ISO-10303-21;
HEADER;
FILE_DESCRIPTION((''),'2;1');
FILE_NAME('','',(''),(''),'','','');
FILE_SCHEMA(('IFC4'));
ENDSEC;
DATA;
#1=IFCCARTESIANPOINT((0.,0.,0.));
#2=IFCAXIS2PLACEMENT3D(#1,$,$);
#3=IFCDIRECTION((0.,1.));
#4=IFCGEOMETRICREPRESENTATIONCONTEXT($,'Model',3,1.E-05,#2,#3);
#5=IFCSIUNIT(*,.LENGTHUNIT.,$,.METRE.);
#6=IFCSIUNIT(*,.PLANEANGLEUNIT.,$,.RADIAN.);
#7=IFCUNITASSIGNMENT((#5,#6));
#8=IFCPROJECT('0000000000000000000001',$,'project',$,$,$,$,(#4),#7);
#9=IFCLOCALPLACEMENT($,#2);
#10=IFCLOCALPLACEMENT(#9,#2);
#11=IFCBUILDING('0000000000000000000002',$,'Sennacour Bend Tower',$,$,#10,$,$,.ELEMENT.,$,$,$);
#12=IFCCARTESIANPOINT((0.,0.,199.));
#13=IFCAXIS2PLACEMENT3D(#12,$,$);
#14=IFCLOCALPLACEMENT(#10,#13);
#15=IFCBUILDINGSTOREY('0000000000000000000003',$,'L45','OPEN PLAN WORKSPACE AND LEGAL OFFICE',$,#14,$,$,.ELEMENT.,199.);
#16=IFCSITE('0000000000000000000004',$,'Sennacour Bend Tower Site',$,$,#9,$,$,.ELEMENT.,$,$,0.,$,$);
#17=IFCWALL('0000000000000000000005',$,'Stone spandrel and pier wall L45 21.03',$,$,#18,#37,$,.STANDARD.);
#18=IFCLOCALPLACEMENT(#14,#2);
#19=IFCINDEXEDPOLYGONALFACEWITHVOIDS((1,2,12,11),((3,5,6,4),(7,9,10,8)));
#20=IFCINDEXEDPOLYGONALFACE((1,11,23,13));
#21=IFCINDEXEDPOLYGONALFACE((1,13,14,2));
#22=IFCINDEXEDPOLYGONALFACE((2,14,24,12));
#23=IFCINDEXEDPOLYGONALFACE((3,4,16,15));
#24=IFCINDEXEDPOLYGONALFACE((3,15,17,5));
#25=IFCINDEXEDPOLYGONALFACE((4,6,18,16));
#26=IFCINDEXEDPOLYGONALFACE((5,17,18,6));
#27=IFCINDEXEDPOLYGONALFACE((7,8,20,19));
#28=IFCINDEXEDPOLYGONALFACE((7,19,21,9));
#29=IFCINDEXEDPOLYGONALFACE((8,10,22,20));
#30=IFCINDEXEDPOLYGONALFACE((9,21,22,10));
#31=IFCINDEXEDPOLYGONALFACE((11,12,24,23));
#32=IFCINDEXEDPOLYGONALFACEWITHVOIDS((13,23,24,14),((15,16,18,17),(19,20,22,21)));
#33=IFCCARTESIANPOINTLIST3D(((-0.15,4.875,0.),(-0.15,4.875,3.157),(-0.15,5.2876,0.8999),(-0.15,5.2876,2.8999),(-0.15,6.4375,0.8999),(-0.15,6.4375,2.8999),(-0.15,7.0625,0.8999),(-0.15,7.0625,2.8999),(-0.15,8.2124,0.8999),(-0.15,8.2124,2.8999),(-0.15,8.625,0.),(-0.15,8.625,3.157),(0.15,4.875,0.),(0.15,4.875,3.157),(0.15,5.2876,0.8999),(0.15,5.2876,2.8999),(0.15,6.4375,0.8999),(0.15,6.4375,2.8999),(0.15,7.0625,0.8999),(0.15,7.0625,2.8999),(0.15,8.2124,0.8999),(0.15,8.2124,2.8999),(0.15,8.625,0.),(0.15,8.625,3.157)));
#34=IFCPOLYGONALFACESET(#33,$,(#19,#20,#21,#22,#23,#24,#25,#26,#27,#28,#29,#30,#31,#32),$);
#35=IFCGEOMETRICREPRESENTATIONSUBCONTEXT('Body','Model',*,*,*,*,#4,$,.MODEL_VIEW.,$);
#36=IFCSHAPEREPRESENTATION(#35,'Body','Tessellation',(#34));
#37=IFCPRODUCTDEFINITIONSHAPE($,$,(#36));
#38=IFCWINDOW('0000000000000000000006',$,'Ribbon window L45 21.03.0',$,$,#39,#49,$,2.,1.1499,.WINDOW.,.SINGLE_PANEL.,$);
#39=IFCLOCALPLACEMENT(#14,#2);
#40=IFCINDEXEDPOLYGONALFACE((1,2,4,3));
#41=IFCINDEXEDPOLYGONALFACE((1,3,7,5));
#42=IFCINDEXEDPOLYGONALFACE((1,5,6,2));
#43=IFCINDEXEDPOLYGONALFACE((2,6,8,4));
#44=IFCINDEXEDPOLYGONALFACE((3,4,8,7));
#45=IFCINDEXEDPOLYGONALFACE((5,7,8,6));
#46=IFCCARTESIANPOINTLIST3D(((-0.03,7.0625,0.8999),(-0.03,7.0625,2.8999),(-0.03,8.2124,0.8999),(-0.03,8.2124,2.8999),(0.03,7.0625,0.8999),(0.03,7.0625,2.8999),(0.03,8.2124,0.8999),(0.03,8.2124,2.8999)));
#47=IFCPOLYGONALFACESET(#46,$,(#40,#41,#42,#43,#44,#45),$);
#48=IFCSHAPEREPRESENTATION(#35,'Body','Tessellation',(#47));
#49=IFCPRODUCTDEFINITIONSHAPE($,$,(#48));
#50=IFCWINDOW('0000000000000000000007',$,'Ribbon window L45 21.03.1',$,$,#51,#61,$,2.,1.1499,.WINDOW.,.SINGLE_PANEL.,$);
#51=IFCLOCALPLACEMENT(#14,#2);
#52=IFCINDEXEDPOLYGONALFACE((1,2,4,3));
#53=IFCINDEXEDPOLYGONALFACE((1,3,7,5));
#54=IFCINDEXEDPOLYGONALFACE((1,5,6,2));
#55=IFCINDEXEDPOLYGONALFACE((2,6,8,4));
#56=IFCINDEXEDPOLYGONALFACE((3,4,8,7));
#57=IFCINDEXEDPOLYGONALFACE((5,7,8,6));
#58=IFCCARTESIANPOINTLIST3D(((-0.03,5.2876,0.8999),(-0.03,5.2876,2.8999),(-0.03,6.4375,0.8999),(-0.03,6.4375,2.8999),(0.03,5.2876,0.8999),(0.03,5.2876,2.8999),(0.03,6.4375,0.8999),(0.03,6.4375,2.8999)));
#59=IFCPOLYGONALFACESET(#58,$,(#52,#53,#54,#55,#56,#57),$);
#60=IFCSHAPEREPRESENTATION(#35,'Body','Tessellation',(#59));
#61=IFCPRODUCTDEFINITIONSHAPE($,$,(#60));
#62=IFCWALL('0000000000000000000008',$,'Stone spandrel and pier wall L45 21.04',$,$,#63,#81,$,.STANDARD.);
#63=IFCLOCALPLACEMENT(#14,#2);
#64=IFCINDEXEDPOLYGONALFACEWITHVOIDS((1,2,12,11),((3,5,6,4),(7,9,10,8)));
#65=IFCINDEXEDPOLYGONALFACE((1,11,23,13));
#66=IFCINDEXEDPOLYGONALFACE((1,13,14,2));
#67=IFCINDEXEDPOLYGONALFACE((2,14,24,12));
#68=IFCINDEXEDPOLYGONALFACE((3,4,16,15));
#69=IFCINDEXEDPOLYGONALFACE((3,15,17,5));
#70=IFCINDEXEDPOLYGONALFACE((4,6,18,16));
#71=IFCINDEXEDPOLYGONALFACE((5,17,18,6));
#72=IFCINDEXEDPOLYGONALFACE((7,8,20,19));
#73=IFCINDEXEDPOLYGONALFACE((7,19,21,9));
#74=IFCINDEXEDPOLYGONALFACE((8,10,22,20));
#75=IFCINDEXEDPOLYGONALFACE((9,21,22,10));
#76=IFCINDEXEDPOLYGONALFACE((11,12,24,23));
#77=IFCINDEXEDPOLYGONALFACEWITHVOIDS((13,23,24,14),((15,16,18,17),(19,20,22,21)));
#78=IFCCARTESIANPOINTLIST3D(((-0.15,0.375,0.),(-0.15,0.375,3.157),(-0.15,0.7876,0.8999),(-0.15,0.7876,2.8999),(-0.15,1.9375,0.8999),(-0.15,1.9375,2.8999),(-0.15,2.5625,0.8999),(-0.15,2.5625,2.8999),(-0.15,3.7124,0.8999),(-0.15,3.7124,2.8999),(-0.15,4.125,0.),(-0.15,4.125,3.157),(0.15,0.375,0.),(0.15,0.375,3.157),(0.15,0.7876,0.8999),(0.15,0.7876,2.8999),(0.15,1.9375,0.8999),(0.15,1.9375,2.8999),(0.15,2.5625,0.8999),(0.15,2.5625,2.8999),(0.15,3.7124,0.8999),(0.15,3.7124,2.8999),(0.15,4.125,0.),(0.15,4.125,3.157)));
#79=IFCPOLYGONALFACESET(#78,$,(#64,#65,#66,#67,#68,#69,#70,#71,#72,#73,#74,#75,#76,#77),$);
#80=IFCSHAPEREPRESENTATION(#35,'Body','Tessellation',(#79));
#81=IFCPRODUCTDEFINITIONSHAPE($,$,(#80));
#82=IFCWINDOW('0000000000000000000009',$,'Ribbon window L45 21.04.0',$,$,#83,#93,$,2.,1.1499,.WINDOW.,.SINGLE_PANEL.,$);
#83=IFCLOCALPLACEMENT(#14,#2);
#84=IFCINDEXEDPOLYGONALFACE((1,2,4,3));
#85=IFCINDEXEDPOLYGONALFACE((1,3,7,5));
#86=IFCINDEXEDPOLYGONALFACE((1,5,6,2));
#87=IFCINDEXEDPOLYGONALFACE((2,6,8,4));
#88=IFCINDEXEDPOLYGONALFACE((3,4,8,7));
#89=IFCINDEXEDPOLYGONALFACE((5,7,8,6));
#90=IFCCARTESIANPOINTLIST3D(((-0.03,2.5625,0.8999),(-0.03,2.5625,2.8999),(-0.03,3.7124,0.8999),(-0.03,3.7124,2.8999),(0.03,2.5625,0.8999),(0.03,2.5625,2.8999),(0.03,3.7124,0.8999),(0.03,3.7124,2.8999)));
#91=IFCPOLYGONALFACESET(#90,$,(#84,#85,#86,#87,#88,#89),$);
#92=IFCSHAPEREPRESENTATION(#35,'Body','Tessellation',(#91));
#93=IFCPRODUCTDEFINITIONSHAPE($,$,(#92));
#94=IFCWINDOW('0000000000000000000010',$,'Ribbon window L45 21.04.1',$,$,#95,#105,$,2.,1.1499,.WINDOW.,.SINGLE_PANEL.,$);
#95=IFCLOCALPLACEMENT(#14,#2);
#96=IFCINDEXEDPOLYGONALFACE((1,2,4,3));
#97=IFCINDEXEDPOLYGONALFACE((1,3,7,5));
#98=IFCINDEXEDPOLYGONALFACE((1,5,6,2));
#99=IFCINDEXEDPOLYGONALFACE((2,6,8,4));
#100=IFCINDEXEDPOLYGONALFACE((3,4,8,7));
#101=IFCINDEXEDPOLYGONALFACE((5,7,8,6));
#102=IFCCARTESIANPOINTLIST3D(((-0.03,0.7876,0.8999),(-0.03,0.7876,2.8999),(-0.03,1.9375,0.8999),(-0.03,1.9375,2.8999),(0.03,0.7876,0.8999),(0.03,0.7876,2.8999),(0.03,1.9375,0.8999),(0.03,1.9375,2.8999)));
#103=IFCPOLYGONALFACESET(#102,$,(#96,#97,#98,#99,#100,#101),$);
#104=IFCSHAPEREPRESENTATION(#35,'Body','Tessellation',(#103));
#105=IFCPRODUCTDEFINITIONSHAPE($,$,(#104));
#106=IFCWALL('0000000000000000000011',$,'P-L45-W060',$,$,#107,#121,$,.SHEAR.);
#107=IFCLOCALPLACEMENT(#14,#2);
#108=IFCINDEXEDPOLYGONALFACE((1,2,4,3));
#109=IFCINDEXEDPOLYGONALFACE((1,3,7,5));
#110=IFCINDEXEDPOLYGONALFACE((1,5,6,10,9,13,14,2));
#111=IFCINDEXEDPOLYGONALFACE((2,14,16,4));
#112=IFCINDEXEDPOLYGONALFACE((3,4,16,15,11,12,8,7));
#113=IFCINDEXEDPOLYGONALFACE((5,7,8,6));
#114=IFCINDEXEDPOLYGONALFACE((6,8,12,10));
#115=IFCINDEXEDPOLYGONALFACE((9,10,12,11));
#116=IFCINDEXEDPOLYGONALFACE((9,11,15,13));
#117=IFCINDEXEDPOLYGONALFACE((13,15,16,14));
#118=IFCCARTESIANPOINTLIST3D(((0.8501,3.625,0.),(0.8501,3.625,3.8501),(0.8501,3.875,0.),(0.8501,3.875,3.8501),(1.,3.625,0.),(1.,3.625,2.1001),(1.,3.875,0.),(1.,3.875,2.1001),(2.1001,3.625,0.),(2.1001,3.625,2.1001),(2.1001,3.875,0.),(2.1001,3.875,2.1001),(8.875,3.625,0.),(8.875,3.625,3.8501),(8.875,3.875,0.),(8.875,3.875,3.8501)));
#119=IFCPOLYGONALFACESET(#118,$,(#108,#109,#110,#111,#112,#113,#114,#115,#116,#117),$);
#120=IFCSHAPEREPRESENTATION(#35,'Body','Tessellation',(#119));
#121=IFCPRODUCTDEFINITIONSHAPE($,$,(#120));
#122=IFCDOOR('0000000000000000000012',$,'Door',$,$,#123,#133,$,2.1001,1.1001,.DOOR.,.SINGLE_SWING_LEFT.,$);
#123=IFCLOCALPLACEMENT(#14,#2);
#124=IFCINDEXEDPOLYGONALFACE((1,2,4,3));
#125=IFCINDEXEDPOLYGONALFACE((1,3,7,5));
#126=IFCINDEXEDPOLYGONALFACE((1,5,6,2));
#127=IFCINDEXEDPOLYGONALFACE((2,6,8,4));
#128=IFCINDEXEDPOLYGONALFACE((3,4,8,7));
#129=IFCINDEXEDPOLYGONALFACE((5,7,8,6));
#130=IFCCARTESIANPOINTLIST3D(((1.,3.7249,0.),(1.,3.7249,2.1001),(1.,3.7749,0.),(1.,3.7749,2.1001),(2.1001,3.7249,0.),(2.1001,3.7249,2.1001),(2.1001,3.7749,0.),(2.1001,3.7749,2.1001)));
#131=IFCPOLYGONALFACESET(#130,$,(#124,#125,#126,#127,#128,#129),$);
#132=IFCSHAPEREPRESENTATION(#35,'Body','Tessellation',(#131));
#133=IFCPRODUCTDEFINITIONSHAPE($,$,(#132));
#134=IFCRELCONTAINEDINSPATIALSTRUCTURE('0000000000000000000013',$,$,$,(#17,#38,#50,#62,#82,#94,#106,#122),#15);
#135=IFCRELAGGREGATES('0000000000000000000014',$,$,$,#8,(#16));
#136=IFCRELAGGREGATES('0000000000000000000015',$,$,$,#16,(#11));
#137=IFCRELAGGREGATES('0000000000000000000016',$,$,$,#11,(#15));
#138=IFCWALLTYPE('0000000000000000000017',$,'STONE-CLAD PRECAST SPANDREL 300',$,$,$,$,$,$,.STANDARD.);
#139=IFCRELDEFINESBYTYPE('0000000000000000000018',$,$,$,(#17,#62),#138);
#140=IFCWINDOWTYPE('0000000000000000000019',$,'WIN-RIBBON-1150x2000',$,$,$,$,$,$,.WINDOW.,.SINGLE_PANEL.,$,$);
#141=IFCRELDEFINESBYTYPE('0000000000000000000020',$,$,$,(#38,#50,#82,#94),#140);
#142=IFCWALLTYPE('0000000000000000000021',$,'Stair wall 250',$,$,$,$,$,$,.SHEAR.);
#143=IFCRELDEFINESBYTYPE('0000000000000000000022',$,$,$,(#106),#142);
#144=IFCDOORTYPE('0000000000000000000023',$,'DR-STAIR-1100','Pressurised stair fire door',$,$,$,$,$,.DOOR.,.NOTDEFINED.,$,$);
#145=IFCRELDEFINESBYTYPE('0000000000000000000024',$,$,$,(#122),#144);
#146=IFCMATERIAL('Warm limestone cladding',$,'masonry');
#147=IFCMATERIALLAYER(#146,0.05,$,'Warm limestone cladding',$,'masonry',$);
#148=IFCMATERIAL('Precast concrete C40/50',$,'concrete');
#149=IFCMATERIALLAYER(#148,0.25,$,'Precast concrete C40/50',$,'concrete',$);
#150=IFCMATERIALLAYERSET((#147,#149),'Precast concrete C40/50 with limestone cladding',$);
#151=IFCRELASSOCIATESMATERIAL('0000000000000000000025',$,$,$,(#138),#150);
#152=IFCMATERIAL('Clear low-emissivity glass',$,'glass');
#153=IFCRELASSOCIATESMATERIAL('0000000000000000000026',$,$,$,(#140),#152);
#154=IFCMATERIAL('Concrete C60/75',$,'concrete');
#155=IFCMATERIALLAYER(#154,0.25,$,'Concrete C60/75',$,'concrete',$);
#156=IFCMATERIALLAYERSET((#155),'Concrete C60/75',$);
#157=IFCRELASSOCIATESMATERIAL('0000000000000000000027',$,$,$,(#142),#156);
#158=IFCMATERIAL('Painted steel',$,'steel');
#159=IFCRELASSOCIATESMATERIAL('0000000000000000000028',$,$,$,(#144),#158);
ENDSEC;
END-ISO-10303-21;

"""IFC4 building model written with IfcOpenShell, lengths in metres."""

from ifc_helpers import new_model, si_unit, direction, frame, frame_2d, origin, place, context, subcontext, project, spatial, rectangle, extrude, material, layer, layer_set, type_object, element, fill, save


model = new_model("IFC4")

# Units and contexts
model_context = context("Model", 3, precision=1e-05, world=origin(), true_north=direction((0.0, 1.0)))
body_context = subcontext(model_context, "Body", "Model", "MODEL_VIEW")
ifc_project = project(units=[si_unit("LENGTHUNIT", "METRE"), si_unit("PLANEANGLEUNIT", "RADIAN")], contexts=[model_context])

# Site, building, storey
site_placement = place(None, origin())
site = spatial("IfcSite", under=ifc_project, at=site_placement, Name="Sennacour Bend Tower Site", CompositionType="ELEMENT", RefElevation=0.0)
building_placement = place(site_placement, origin())
building = spatial("IfcBuilding", under=site, at=building_placement, Name="Sennacour Bend Tower", CompositionType="ELEMENT")
storey_placement = place(building_placement, frame((0.0, 0.0, 199.0)))
storey = spatial("IfcBuildingStorey", under=building, at=storey_placement, Name="L45", Description="OPEN PLAN WORKSPACE AND LEGAL OFFICE", CompositionType="ELEMENT", Elevation=199.0)

# Walls, openings, windows
ifc_material_1 = material(Name="Warm limestone cladding", Category="masonry")
ifc_layer_1 = layer(ifc_material_1, 0.05, Name="Warm limestone cladding", Category="masonry")
ifc_material_2 = material(Name="Precast concrete C40/50", Category="concrete")
ifc_layer_2 = layer(ifc_material_2, 0.25, Name="Precast concrete C40/50", Category="concrete")
ifc_layer_set_1 = layer_set([ifc_layer_1, ifc_layer_2], Name="Precast concrete C40/50 with limestone cladding")
wall_type_1 = type_object("IfcWallType", Name="STONE-CLAD PRECAST SPANDREL 300", PredefinedType="STANDARD", material=ifc_layer_set_1)
wall_1_placement = place(storey_placement, frame((0.0, 8.625, 0.0), z_axis=(0.0, 0.0, 1.0), x_axis=(0.0, -1.0, 0.0)))
wall_1 = element("IfcWall", 1, at=wall_1_placement, inside=storey, type_object=wall_type_1, Name="Stone spandrel and pier wall L45 21.03", PredefinedType="STANDARD", context=body_context, shape_type="SweptSolid", body=[
    extrude(rectangle(XDim=3.75, YDim=0.3, at=frame_2d((1.875, 0.0))), origin(), (0.0, 0.0, 1.0), 3.157),
])
opening_1_placement = place(wall_1_placement, frame((0.4126, 0.0, 0.8999)))
opening_1 = element("IfcOpeningElement", 2, at=opening_1_placement, cuts=wall_1, PredefinedType="OPENING", context=body_context, shape_type="SweptSolid", body=[
    extrude(rectangle(XDim=1.1499, YDim=2.0, at=frame_2d((0.575, 1.0))), frame((0.0, 0.1602, 0.0), z_axis=(0.0, -1.0, 0.0), x_axis=(1.0, 0.0, 0.0)), (0.0, 0.0, 1.0), 0.3201),
])
opening_2_placement = place(wall_1_placement, frame((2.1875, 0.0, 0.8999)))
opening_2 = element("IfcOpeningElement", 3, at=opening_2_placement, cuts=wall_1, PredefinedType="OPENING", context=body_context, shape_type="SweptSolid", body=[
    extrude(rectangle(XDim=1.1499, YDim=2.0, at=frame_2d((0.575, 1.0))), frame((0.0, 0.1602, 0.0), z_axis=(0.0, -1.0, 0.0), x_axis=(1.0, 0.0, 0.0)), (0.0, 0.0, 1.0), 0.3201),
])
ifc_material_3 = material(Name="Clear low-emissivity glass", Category="glass")
window_type = type_object("IfcWindowType", Name="WIN-RIBBON-1150x2000", PartitioningType="SINGLE_PANEL", PredefinedType="WINDOW", material=ifc_material_3)
window_1_placement = place(opening_1_placement, origin())
window_1 = element("IfcWindow", 4, at=window_1_placement, inside=storey, type_object=window_type, Name="Ribbon window L45 21.03.0", OverallHeight=2.0, OverallWidth=1.1499, PartitioningType="SINGLE_PANEL", PredefinedType="WINDOW", context=body_context, shape_type="SweptSolid", body=[
    extrude(rectangle(XDim=1.1499, YDim=2.0, at=frame_2d((0.575, 1.0))), frame((0.0, 0.03, 0.0), z_axis=(0.0, -1.0, 0.0), x_axis=(1.0, 0.0, 0.0)), (0.0, 0.0, 1.0), 0.0601),
])
fill(opening_1, window_1)
window_2_placement = place(opening_2_placement, origin())
window_2 = element("IfcWindow", 5, at=window_2_placement, inside=storey, type_object=window_type, Name="Ribbon window L45 21.03.1", OverallHeight=2.0, OverallWidth=1.1499, PartitioningType="SINGLE_PANEL", PredefinedType="WINDOW", context=body_context, shape_type="SweptSolid", body=[
    extrude(rectangle(XDim=1.1499, YDim=2.0, at=frame_2d((0.575, 1.0))), frame((0.0, 0.03, 0.0), z_axis=(0.0, -1.0, 0.0), x_axis=(1.0, 0.0, 0.0)), (0.0, 0.0, 1.0), 0.0601),
])
fill(opening_2, window_2)
wall_2_placement = place(storey_placement, frame((0.0, 4.125, 0.0), z_axis=(0.0, 0.0, 1.0), x_axis=(0.0, -1.0, 0.0)))
wall_2 = element("IfcWall", 6, at=wall_2_placement, inside=storey, type_object=wall_type_1, Name="Stone spandrel and pier wall L45 21.04", PredefinedType="STANDARD", context=body_context, shape_type="SweptSolid", body=[
    extrude(rectangle(XDim=3.75, YDim=0.3, at=frame_2d((1.875, 0.0))), origin(), (0.0, 0.0, 1.0), 3.157),
])
opening_3_placement = place(wall_2_placement, frame((0.4126, 0.0, 0.8999)))
opening_3 = element("IfcOpeningElement", 7, at=opening_3_placement, cuts=wall_2, PredefinedType="OPENING", context=body_context, shape_type="SweptSolid", body=[
    extrude(rectangle(XDim=1.1499, YDim=2.0, at=frame_2d((0.575, 1.0))), frame((0.0, 0.1602, 0.0), z_axis=(0.0, -1.0, 0.0), x_axis=(1.0, 0.0, 0.0)), (0.0, 0.0, 1.0), 0.3201),
])
opening_4_placement = place(wall_2_placement, frame((2.1875, 0.0, 0.8999)))
opening_4 = element("IfcOpeningElement", 8, at=opening_4_placement, cuts=wall_2, PredefinedType="OPENING", context=body_context, shape_type="SweptSolid", body=[
    extrude(rectangle(XDim=1.1499, YDim=2.0, at=frame_2d((0.575, 1.0))), frame((0.0, 0.1602, 0.0), z_axis=(0.0, -1.0, 0.0), x_axis=(1.0, 0.0, 0.0)), (0.0, 0.0, 1.0), 0.3201),
])
window_3_placement = place(opening_3_placement, origin())
window_3 = element("IfcWindow", 9, at=window_3_placement, inside=storey, type_object=window_type, Name="Ribbon window L45 21.04.0", OverallHeight=2.0, OverallWidth=1.1499, PartitioningType="SINGLE_PANEL", PredefinedType="WINDOW", context=body_context, shape_type="SweptSolid", body=[
    extrude(rectangle(XDim=1.1499, YDim=2.0, at=frame_2d((0.575, 1.0))), frame((0.0, 0.03, 0.0), z_axis=(0.0, -1.0, 0.0), x_axis=(1.0, 0.0, 0.0)), (0.0, 0.0, 1.0), 0.0601),
])
fill(opening_3, window_3)
window_4_placement = place(opening_4_placement, origin())
window_4 = element("IfcWindow", 10, at=window_4_placement, inside=storey, type_object=window_type, Name="Ribbon window L45 21.04.1", OverallHeight=2.0, OverallWidth=1.1499, PartitioningType="SINGLE_PANEL", PredefinedType="WINDOW", context=body_context, shape_type="SweptSolid", body=[
    extrude(rectangle(XDim=1.1499, YDim=2.0, at=frame_2d((0.575, 1.0))), frame((0.0, 0.03, 0.0), z_axis=(0.0, -1.0, 0.0), x_axis=(1.0, 0.0, 0.0)), (0.0, 0.0, 1.0), 0.0601),
])
fill(opening_4, window_4)

# Wall, opening, door
ifc_material_4 = material(Name="Concrete C60/75", Category="concrete")
ifc_layer_3 = layer(ifc_material_4, 0.25, Name="Concrete C60/75", Category="concrete")
ifc_layer_set_2 = layer_set([ifc_layer_3], Name="Concrete C60/75")
wall_type_2 = type_object("IfcWallType", Name="Stair wall 250", PredefinedType="SHEAR", material=ifc_layer_set_2)
wall_3_placement = place(storey_placement, frame((0.8501, 3.75, 0.0), z_axis=(0.0, 0.0, 1.0), x_axis=(1.0, 0.0, 0.0)))
wall_3 = element("IfcWall", 11, at=wall_3_placement, inside=storey, type_object=wall_type_2, Name="P-L45-W060", PredefinedType="SHEAR", context=body_context, shape_type="SweptSolid", body=[
    extrude(rectangle(XDim=8.0249, YDim=0.25, at=frame_2d((4.0125, 0.0))), origin(), (0.0, 0.0, 1.0), 3.8501),
])
opening_5_placement = place(wall_3_placement, frame((0.1499, 0.0, 0.0)))
opening_5 = element("IfcOpeningElement", 12, at=opening_5_placement, cuts=wall_3, PredefinedType="OPENING", context=body_context, shape_type="SweptSolid", body=[
    extrude(rectangle(XDim=1.1001, YDim=2.1001, at=frame_2d((0.55, 1.05))), frame((0.0, 0.135, 0.0), z_axis=(0.0, -1.0, 0.0), x_axis=(1.0, 0.0, 0.0)), (0.0, 0.0, 1.0), 0.27),
])
ifc_material_5 = material(Name="Painted steel", Category="steel")
door_type = type_object("IfcDoorType", Name="DR-STAIR-1100", Description="Pressurised stair fire door", OperationType="NOTDEFINED", PredefinedType="DOOR", material=ifc_material_5)
door_placement = place(opening_5_placement, origin())
door = element("IfcDoor", 13, at=door_placement, inside=storey, type_object=door_type, Name="Door", OperationType="SINGLE_SWING_LEFT", OverallHeight=2.1001, OverallWidth=1.1001, PredefinedType="DOOR", context=body_context, shape_type="SweptSolid", body=[
    extrude(rectangle(XDim=1.1001, YDim=2.1001, at=frame_2d((0.55, 1.05))), frame((0.0, 0.0249, 0.0), z_axis=(0.0, -1.0, 0.0), x_axis=(1.0, 0.0, 0.0)), (0.0, 0.0, 1.0), 0.05),
])
fill(opening_5, door)

save(model, "model.ifc")
